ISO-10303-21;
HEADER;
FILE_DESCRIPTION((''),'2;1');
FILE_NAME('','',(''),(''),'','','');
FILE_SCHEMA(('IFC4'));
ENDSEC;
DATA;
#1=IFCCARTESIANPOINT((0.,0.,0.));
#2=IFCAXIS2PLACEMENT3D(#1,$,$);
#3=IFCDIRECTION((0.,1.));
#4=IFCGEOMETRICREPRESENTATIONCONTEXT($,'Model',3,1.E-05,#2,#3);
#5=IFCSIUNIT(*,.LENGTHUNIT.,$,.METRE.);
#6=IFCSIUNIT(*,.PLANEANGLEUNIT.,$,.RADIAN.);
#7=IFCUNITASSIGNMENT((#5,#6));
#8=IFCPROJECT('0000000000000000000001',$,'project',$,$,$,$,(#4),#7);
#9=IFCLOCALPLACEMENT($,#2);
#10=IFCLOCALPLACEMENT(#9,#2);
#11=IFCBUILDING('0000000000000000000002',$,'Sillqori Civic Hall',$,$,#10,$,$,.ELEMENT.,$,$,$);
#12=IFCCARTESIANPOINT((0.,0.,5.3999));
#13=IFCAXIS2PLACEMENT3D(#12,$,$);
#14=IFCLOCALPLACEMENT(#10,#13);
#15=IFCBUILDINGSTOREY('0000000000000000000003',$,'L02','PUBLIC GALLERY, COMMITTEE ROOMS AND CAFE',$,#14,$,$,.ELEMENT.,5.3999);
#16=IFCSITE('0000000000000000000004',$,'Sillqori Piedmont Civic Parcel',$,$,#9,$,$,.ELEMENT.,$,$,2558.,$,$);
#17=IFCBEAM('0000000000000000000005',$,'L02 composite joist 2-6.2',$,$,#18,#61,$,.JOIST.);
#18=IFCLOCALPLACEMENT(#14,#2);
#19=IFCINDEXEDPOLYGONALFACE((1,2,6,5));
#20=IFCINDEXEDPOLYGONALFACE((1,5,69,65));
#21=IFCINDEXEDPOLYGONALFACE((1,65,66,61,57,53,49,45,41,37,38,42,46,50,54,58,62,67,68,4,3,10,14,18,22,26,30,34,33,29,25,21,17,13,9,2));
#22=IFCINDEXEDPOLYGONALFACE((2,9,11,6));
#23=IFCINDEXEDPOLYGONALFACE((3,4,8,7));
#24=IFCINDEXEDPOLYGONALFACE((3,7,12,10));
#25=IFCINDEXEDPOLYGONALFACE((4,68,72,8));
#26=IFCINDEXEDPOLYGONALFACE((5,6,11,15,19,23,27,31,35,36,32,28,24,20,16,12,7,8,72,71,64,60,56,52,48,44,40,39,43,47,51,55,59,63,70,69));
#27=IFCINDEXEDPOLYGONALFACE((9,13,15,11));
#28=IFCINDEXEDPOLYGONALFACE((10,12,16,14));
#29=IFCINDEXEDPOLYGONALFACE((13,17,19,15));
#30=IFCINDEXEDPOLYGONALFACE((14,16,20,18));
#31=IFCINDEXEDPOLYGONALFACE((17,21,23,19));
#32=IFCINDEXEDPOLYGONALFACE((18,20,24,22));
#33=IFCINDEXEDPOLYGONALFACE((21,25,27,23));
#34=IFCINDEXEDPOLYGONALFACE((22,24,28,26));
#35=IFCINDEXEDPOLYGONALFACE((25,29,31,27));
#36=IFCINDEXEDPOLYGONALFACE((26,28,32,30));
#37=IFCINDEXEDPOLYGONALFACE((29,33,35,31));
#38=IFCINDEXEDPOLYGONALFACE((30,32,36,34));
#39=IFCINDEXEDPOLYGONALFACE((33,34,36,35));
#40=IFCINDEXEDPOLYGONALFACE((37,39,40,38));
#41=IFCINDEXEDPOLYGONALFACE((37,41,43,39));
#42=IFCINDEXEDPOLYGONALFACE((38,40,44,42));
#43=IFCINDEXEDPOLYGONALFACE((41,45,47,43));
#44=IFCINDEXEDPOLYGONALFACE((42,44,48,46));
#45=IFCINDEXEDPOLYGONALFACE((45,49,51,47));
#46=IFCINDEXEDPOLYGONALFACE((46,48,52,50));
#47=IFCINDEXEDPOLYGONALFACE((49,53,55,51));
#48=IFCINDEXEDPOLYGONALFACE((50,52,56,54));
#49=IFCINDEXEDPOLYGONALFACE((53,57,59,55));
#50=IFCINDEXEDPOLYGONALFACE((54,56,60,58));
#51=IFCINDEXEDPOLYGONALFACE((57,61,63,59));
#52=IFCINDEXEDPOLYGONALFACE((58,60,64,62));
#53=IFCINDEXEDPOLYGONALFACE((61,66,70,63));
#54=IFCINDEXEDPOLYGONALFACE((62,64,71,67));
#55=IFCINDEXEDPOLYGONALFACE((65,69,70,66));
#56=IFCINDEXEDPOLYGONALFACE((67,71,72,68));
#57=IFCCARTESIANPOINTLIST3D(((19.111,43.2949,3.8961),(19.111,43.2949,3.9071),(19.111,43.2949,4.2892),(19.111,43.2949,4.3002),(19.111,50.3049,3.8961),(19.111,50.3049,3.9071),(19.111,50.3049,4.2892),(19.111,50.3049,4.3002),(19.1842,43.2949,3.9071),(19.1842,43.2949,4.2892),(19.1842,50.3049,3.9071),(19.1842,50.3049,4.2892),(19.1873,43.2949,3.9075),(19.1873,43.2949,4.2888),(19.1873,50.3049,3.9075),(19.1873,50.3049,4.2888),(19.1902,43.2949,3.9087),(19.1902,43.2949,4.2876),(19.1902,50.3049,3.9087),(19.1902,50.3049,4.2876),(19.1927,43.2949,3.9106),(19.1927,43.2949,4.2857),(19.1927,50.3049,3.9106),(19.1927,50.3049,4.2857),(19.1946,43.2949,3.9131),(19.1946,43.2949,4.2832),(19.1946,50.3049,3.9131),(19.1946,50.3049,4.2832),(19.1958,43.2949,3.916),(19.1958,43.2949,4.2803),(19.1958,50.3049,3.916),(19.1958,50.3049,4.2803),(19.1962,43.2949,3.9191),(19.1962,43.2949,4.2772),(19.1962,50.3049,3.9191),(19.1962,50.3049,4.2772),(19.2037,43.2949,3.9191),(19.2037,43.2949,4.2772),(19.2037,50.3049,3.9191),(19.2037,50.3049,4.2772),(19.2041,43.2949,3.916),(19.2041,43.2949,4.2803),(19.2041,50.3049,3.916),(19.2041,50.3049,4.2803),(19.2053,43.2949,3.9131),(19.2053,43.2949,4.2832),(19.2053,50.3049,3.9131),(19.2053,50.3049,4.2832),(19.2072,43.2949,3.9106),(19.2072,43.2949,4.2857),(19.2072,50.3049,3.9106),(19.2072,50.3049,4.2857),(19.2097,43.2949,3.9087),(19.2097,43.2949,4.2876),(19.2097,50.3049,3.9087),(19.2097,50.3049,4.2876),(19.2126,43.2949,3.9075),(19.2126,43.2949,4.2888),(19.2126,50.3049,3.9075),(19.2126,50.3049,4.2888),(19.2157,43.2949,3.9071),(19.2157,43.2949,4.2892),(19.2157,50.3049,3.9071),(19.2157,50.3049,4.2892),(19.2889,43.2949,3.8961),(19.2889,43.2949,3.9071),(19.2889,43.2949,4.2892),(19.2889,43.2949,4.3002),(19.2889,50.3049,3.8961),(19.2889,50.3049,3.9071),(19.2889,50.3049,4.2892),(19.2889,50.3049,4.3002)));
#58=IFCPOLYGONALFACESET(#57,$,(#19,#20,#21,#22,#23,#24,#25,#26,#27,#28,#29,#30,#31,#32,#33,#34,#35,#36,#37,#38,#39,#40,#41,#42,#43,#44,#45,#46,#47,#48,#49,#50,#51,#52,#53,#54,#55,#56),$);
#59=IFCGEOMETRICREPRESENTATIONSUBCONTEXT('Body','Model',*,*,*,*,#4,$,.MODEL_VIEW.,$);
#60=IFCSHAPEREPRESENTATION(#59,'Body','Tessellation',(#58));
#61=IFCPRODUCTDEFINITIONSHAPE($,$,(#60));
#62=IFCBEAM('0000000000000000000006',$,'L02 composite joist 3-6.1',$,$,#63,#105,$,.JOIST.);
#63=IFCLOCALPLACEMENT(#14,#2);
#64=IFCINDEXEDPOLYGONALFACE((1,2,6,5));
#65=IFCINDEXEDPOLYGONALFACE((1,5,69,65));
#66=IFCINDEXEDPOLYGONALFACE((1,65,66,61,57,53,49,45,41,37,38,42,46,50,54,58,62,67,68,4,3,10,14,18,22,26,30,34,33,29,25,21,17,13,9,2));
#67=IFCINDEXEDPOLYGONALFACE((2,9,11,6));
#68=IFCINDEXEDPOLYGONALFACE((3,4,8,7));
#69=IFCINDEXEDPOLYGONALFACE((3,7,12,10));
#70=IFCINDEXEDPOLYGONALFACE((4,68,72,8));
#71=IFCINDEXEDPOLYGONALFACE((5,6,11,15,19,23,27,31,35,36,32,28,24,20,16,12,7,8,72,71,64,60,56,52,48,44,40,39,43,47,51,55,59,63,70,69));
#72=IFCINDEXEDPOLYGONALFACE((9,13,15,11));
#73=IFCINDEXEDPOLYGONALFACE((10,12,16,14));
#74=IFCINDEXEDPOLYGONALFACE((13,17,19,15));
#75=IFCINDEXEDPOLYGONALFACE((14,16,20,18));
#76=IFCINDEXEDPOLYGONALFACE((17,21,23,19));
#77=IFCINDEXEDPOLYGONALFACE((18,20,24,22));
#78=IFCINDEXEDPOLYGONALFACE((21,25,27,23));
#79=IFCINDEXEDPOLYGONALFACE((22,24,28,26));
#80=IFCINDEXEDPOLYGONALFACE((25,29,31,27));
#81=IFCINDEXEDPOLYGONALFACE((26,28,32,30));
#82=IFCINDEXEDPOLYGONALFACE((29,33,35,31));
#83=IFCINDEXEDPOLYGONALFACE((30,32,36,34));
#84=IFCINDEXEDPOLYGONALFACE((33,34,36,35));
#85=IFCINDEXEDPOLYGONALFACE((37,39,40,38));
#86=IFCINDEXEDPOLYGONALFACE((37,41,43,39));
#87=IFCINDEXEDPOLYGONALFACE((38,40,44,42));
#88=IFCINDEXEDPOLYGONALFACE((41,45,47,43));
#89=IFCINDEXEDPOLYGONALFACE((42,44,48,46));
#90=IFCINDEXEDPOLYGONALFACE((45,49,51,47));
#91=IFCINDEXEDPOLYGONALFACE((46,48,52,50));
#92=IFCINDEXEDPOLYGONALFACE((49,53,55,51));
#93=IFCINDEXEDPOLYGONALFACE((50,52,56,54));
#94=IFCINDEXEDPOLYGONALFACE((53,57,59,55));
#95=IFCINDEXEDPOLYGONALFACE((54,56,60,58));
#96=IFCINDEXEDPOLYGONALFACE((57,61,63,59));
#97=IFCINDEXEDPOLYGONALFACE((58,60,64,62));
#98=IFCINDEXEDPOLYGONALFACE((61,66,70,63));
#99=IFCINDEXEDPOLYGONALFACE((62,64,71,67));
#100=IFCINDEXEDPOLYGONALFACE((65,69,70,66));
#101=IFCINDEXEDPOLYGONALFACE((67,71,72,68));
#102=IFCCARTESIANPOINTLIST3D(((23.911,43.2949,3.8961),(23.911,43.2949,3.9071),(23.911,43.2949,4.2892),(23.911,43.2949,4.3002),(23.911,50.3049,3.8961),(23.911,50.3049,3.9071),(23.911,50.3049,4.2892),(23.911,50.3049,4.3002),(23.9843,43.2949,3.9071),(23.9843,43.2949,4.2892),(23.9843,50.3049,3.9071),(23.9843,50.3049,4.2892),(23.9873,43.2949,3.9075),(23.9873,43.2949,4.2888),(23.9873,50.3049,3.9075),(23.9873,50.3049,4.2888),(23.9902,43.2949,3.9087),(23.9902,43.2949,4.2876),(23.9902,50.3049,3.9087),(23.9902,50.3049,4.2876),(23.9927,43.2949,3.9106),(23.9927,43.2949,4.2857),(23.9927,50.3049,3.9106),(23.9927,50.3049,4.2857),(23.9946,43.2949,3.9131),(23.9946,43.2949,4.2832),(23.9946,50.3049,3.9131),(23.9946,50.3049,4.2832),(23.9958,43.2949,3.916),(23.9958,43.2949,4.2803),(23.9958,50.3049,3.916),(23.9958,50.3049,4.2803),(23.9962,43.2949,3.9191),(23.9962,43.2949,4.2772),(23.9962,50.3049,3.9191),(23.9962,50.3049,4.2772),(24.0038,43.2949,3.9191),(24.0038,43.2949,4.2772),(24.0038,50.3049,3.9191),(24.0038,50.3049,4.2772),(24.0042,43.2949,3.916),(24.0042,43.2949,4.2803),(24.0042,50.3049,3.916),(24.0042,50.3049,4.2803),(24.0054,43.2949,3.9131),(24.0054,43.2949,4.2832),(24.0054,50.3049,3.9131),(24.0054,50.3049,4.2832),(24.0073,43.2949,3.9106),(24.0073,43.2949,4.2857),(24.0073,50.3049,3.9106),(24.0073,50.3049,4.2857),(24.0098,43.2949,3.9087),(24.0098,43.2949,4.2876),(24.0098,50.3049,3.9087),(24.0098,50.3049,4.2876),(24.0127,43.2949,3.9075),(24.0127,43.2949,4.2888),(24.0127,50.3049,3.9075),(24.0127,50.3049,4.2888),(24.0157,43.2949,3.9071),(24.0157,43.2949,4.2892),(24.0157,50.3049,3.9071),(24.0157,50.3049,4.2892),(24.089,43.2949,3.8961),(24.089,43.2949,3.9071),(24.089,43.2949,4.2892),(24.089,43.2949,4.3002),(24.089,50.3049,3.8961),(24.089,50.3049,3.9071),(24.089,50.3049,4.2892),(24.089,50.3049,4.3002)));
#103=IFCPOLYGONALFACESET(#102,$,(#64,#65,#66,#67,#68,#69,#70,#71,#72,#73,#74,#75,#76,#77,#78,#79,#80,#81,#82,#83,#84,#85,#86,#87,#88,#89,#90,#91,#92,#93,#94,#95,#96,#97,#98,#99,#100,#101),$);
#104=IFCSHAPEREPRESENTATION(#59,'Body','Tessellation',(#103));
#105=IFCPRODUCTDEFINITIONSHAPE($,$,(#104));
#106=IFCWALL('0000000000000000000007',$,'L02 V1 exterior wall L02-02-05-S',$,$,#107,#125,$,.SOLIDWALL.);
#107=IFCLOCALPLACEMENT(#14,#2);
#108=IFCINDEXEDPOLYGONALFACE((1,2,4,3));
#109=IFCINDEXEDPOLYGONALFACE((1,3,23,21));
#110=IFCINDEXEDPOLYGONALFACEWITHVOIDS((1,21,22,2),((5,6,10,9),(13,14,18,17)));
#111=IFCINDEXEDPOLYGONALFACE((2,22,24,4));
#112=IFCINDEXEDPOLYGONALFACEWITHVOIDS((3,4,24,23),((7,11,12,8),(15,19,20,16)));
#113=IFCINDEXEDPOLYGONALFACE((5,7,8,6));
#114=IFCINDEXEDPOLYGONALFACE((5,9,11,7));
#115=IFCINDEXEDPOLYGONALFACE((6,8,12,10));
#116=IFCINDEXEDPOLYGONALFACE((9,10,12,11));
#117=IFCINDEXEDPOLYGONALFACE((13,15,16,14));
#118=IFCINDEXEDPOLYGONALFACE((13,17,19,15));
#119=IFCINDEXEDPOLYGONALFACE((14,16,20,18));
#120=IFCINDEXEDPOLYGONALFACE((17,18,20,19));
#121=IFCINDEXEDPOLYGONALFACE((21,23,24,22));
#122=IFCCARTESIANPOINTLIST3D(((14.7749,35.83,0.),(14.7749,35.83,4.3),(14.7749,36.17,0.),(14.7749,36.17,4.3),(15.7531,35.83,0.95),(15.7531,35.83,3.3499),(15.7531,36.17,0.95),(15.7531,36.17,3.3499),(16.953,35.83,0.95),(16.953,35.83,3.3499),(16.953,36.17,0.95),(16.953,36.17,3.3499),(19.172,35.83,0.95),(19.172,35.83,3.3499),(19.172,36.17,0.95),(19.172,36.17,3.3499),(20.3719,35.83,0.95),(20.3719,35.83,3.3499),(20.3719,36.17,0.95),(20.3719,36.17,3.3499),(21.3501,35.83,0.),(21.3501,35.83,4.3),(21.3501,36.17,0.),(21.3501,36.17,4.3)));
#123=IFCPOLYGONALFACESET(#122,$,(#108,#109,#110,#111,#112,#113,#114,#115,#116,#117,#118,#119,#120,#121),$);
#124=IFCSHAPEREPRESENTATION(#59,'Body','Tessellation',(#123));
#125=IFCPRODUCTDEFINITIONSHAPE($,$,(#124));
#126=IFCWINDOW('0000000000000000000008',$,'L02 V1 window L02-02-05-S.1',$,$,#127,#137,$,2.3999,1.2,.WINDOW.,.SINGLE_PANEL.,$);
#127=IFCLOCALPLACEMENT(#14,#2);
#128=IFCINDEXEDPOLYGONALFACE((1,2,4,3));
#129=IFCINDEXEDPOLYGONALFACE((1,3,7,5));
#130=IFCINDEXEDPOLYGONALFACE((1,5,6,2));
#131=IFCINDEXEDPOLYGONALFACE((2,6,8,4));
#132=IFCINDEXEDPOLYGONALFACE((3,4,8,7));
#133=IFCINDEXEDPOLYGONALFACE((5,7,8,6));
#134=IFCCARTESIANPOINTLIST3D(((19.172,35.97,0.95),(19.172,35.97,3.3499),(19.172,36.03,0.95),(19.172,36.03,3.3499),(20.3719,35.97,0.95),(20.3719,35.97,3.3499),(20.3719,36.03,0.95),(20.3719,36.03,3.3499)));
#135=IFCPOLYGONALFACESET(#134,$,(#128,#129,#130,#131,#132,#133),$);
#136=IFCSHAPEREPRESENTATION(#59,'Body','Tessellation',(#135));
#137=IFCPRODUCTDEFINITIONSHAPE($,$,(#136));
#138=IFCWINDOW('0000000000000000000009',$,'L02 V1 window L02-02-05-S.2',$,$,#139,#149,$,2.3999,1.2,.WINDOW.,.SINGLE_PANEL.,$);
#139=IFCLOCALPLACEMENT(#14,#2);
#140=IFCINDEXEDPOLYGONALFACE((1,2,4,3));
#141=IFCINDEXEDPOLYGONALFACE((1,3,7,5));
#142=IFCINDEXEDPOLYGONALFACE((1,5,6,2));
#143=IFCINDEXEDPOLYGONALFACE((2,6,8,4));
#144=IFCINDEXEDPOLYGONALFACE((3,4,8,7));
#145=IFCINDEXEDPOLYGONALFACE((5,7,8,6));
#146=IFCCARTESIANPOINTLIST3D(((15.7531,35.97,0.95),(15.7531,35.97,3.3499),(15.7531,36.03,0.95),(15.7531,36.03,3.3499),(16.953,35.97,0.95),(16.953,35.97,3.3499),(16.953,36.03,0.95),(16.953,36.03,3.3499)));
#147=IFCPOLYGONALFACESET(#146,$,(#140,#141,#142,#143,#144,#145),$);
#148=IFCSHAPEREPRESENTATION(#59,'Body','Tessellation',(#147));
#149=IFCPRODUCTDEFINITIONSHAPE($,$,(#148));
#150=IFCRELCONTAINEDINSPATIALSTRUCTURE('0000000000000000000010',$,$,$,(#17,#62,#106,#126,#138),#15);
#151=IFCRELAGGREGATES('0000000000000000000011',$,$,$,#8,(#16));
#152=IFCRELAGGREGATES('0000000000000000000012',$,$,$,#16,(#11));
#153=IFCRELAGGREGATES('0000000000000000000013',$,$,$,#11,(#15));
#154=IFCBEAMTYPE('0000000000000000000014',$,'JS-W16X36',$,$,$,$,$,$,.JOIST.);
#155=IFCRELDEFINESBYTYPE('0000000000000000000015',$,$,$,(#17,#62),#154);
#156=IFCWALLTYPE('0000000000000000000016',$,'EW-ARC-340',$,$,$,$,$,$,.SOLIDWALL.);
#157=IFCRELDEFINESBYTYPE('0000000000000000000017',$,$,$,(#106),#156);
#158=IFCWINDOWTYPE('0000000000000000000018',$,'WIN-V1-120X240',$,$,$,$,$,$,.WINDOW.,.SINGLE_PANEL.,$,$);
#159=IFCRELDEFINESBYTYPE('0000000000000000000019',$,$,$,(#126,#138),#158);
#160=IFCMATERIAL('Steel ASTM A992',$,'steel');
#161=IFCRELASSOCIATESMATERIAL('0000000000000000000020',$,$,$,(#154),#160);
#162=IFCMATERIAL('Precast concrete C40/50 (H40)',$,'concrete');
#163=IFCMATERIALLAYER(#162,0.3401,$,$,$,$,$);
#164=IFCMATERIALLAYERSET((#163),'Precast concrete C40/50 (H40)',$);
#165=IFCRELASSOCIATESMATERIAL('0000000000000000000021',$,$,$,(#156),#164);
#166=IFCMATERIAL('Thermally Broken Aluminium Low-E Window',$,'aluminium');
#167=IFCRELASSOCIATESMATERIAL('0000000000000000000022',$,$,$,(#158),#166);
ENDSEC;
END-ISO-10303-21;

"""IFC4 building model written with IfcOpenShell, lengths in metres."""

from ifc_helpers import new_model, si_unit, direction, frame, frame_2d, origin, origin_2d, place, context, subcontext, project, spatial, rectangle, i_section, extrude, material, layer, layer_set, material_profile, profile_set, type_object, element, fill, save


model = new_model("IFC4")

# Units and contexts
model_context = context("Model", 3, precision=1e-05, world=origin(), true_north=direction((0.0, 1.0)))
body_context = subcontext(model_context, "Body", "Model", "MODEL_VIEW")
ifc_project = project(units=[si_unit("LENGTHUNIT", "METRE"), si_unit("PLANEANGLEUNIT", "RADIAN")], contexts=[model_context])

# Site, building, storey
site_placement = place(None, origin())
site = spatial("IfcSite", under=ifc_project, at=site_placement, Name="Sillqori Piedmont Civic Parcel", CompositionType="ELEMENT", RefElevation=2558.0)
building_placement = place(site_placement, origin())
building = spatial("IfcBuilding", under=site, at=building_placement, Name="Sillqori Civic Hall", CompositionType="ELEMENT")
storey_placement = place(building_placement, frame((0.0, 0.0, 5.3999)))
storey = spatial("IfcBuildingStorey", under=building, at=storey_placement, Name="L02", Description="PUBLIC GALLERY, COMMITTEE ROOMS AND CAFE", CompositionType="ELEMENT", Elevation=5.3999)

# Beams
ifc_material_1 = material(Name="Steel ASTM A992", Category="steel")
ifc_material_profile_1 = material_profile(ifc_material_1, i_section(OverallWidth=0.178, OverallDepth=0.4041, WebThickness=0.0076, FlangeThickness=0.011, FilletRadius=0.012, at=origin_2d()), Name="W16X36")
ifc_profile_set_1 = profile_set([ifc_material_profile_1], Name="Steel ASTM A992")
beam_type_1 = type_object("IfcBeamType", Name="JS-W16X36", PredefinedType="JOIST", material=ifc_profile_set_1)
for number, where, z_axis, x_axis, name in (
    (1, (19.2, 43.2949, 4.0981), (0.0, 1.0, 0.0), (-1.0, 0.0, 0.0), "L02 composite joist 2-6.2"),
    (2, (24.0, 43.2949, 4.0981), (0.0, 1.0, 0.0), (-1.0, 0.0, 0.0), "L02 composite joist 3-6.1"),
):
    element("IfcBeam", number, at=place(storey_placement, frame(where, z_axis=z_axis, x_axis=x_axis)), inside=storey, type_object=beam_type_1, Name=name, PredefinedType="JOIST", context=body_context, shape_type="SweptSolid", body=[
        extrude(i_section(OverallWidth=0.178, OverallDepth=0.4041, WebThickness=0.0076, FlangeThickness=0.011, FilletRadius=0.012, at=origin_2d()), origin(), (0.0, 0.0, 1.0), 7.01),
    ])

# Wall, openings, windows
ifc_material_2 = material(Name="Precast concrete C40/50 (H40)", Category="concrete")
ifc_layer_1 = layer(ifc_material_2, 0.3401)
ifc_layer_set_1 = layer_set([ifc_layer_1], Name="Precast concrete C40/50 (H40)")
wall_type_1 = type_object("IfcWallType", Name="EW-ARC-340", PredefinedType="SOLIDWALL", material=ifc_layer_set_1)
wall_1_placement = place(storey_placement, frame((21.3501, 36.0, 0.0), z_axis=(0.0, 0.0, 1.0), x_axis=(-1.0, 0.0, 0.0)))
wall_1 = element("IfcWall", 3, at=wall_1_placement, inside=storey, type_object=wall_type_1, Name="L02 V1 exterior wall L02-02-05-S", PredefinedType="SOLIDWALL", context=body_context, shape_type="SweptSolid", body=[
    extrude(rectangle(XDim=6.5752, YDim=0.3401, at=frame_2d((3.2876, 0.0))), origin(), (0.0, 0.0, 1.0), 4.3),
])
opening_1_placement = place(wall_1_placement, frame((0.978, 0.0, 0.95)))
opening_1 = element("IfcOpeningElement", 4, at=opening_1_placement, cuts=wall_1, PredefinedType="OPENING", context=body_context, shape_type="SweptSolid", body=[
    extrude(rectangle(XDim=1.2, YDim=2.3999, at=frame_2d((0.6001, 1.2))), frame((0.0, 0.1799, 0.0), z_axis=(0.0, -1.0, 0.0), x_axis=(1.0, 0.0, 0.0)), (0.0, 0.0, 1.0), 0.3601),
])
opening_2_placement = place(wall_1_placement, frame((4.397, 0.0, 0.95)))
opening_2 = element("IfcOpeningElement", 5, at=opening_2_placement, cuts=wall_1, PredefinedType="OPENING", context=body_context, shape_type="SweptSolid", body=[
    extrude(rectangle(XDim=1.2, YDim=2.3999, at=frame_2d((0.6001, 1.2))), frame((0.0, 0.1799, 0.0), z_axis=(0.0, -1.0, 0.0), x_axis=(1.0, 0.0, 0.0)), (0.0, 0.0, 1.0), 0.3601),
])
ifc_material_3 = material(Name="Thermally Broken Aluminium Low-E Window", Category="aluminium")
window_type_1 = type_object("IfcWindowType", Name="WIN-V1-120X240", PartitioningType="SINGLE_PANEL", PredefinedType="WINDOW", material=ifc_material_3)
window_1_placement = place(opening_1_placement, origin())
window_1 = element("IfcWindow", 6, at=window_1_placement, inside=storey, type_object=window_type_1, Name="L02 V1 window L02-02-05-S.1", OverallHeight=2.3999, OverallWidth=1.2, PartitioningType="SINGLE_PANEL", PredefinedType="WINDOW", context=body_context, shape_type="SweptSolid", body=[
    extrude(rectangle(XDim=1.2, YDim=2.3999, at=frame_2d((0.6001, 1.2))), frame((0.0, 0.03, 0.0), z_axis=(0.0, -1.0, 0.0), x_axis=(1.0, 0.0, 0.0)), (0.0, 0.0, 1.0), 0.0601),
])
fill(opening_1, window_1)
window_2_placement = place(opening_2_placement, origin())
window_2 = element("IfcWindow", 7, at=window_2_placement, inside=storey, type_object=window_type_1, Name="L02 V1 window L02-02-05-S.2", OverallHeight=2.3999, OverallWidth=1.2, PartitioningType="SINGLE_PANEL", PredefinedType="WINDOW", context=body_context, shape_type="SweptSolid", body=[
    extrude(rectangle(XDim=1.2, YDim=2.3999, at=frame_2d((0.6001, 1.2))), frame((0.0, 0.03, 0.0), z_axis=(0.0, -1.0, 0.0), x_axis=(1.0, 0.0, 0.0)), (0.0, 0.0, 1.0), 0.0601),
])
fill(opening_2, window_2)

save(model, "model.ifc")
